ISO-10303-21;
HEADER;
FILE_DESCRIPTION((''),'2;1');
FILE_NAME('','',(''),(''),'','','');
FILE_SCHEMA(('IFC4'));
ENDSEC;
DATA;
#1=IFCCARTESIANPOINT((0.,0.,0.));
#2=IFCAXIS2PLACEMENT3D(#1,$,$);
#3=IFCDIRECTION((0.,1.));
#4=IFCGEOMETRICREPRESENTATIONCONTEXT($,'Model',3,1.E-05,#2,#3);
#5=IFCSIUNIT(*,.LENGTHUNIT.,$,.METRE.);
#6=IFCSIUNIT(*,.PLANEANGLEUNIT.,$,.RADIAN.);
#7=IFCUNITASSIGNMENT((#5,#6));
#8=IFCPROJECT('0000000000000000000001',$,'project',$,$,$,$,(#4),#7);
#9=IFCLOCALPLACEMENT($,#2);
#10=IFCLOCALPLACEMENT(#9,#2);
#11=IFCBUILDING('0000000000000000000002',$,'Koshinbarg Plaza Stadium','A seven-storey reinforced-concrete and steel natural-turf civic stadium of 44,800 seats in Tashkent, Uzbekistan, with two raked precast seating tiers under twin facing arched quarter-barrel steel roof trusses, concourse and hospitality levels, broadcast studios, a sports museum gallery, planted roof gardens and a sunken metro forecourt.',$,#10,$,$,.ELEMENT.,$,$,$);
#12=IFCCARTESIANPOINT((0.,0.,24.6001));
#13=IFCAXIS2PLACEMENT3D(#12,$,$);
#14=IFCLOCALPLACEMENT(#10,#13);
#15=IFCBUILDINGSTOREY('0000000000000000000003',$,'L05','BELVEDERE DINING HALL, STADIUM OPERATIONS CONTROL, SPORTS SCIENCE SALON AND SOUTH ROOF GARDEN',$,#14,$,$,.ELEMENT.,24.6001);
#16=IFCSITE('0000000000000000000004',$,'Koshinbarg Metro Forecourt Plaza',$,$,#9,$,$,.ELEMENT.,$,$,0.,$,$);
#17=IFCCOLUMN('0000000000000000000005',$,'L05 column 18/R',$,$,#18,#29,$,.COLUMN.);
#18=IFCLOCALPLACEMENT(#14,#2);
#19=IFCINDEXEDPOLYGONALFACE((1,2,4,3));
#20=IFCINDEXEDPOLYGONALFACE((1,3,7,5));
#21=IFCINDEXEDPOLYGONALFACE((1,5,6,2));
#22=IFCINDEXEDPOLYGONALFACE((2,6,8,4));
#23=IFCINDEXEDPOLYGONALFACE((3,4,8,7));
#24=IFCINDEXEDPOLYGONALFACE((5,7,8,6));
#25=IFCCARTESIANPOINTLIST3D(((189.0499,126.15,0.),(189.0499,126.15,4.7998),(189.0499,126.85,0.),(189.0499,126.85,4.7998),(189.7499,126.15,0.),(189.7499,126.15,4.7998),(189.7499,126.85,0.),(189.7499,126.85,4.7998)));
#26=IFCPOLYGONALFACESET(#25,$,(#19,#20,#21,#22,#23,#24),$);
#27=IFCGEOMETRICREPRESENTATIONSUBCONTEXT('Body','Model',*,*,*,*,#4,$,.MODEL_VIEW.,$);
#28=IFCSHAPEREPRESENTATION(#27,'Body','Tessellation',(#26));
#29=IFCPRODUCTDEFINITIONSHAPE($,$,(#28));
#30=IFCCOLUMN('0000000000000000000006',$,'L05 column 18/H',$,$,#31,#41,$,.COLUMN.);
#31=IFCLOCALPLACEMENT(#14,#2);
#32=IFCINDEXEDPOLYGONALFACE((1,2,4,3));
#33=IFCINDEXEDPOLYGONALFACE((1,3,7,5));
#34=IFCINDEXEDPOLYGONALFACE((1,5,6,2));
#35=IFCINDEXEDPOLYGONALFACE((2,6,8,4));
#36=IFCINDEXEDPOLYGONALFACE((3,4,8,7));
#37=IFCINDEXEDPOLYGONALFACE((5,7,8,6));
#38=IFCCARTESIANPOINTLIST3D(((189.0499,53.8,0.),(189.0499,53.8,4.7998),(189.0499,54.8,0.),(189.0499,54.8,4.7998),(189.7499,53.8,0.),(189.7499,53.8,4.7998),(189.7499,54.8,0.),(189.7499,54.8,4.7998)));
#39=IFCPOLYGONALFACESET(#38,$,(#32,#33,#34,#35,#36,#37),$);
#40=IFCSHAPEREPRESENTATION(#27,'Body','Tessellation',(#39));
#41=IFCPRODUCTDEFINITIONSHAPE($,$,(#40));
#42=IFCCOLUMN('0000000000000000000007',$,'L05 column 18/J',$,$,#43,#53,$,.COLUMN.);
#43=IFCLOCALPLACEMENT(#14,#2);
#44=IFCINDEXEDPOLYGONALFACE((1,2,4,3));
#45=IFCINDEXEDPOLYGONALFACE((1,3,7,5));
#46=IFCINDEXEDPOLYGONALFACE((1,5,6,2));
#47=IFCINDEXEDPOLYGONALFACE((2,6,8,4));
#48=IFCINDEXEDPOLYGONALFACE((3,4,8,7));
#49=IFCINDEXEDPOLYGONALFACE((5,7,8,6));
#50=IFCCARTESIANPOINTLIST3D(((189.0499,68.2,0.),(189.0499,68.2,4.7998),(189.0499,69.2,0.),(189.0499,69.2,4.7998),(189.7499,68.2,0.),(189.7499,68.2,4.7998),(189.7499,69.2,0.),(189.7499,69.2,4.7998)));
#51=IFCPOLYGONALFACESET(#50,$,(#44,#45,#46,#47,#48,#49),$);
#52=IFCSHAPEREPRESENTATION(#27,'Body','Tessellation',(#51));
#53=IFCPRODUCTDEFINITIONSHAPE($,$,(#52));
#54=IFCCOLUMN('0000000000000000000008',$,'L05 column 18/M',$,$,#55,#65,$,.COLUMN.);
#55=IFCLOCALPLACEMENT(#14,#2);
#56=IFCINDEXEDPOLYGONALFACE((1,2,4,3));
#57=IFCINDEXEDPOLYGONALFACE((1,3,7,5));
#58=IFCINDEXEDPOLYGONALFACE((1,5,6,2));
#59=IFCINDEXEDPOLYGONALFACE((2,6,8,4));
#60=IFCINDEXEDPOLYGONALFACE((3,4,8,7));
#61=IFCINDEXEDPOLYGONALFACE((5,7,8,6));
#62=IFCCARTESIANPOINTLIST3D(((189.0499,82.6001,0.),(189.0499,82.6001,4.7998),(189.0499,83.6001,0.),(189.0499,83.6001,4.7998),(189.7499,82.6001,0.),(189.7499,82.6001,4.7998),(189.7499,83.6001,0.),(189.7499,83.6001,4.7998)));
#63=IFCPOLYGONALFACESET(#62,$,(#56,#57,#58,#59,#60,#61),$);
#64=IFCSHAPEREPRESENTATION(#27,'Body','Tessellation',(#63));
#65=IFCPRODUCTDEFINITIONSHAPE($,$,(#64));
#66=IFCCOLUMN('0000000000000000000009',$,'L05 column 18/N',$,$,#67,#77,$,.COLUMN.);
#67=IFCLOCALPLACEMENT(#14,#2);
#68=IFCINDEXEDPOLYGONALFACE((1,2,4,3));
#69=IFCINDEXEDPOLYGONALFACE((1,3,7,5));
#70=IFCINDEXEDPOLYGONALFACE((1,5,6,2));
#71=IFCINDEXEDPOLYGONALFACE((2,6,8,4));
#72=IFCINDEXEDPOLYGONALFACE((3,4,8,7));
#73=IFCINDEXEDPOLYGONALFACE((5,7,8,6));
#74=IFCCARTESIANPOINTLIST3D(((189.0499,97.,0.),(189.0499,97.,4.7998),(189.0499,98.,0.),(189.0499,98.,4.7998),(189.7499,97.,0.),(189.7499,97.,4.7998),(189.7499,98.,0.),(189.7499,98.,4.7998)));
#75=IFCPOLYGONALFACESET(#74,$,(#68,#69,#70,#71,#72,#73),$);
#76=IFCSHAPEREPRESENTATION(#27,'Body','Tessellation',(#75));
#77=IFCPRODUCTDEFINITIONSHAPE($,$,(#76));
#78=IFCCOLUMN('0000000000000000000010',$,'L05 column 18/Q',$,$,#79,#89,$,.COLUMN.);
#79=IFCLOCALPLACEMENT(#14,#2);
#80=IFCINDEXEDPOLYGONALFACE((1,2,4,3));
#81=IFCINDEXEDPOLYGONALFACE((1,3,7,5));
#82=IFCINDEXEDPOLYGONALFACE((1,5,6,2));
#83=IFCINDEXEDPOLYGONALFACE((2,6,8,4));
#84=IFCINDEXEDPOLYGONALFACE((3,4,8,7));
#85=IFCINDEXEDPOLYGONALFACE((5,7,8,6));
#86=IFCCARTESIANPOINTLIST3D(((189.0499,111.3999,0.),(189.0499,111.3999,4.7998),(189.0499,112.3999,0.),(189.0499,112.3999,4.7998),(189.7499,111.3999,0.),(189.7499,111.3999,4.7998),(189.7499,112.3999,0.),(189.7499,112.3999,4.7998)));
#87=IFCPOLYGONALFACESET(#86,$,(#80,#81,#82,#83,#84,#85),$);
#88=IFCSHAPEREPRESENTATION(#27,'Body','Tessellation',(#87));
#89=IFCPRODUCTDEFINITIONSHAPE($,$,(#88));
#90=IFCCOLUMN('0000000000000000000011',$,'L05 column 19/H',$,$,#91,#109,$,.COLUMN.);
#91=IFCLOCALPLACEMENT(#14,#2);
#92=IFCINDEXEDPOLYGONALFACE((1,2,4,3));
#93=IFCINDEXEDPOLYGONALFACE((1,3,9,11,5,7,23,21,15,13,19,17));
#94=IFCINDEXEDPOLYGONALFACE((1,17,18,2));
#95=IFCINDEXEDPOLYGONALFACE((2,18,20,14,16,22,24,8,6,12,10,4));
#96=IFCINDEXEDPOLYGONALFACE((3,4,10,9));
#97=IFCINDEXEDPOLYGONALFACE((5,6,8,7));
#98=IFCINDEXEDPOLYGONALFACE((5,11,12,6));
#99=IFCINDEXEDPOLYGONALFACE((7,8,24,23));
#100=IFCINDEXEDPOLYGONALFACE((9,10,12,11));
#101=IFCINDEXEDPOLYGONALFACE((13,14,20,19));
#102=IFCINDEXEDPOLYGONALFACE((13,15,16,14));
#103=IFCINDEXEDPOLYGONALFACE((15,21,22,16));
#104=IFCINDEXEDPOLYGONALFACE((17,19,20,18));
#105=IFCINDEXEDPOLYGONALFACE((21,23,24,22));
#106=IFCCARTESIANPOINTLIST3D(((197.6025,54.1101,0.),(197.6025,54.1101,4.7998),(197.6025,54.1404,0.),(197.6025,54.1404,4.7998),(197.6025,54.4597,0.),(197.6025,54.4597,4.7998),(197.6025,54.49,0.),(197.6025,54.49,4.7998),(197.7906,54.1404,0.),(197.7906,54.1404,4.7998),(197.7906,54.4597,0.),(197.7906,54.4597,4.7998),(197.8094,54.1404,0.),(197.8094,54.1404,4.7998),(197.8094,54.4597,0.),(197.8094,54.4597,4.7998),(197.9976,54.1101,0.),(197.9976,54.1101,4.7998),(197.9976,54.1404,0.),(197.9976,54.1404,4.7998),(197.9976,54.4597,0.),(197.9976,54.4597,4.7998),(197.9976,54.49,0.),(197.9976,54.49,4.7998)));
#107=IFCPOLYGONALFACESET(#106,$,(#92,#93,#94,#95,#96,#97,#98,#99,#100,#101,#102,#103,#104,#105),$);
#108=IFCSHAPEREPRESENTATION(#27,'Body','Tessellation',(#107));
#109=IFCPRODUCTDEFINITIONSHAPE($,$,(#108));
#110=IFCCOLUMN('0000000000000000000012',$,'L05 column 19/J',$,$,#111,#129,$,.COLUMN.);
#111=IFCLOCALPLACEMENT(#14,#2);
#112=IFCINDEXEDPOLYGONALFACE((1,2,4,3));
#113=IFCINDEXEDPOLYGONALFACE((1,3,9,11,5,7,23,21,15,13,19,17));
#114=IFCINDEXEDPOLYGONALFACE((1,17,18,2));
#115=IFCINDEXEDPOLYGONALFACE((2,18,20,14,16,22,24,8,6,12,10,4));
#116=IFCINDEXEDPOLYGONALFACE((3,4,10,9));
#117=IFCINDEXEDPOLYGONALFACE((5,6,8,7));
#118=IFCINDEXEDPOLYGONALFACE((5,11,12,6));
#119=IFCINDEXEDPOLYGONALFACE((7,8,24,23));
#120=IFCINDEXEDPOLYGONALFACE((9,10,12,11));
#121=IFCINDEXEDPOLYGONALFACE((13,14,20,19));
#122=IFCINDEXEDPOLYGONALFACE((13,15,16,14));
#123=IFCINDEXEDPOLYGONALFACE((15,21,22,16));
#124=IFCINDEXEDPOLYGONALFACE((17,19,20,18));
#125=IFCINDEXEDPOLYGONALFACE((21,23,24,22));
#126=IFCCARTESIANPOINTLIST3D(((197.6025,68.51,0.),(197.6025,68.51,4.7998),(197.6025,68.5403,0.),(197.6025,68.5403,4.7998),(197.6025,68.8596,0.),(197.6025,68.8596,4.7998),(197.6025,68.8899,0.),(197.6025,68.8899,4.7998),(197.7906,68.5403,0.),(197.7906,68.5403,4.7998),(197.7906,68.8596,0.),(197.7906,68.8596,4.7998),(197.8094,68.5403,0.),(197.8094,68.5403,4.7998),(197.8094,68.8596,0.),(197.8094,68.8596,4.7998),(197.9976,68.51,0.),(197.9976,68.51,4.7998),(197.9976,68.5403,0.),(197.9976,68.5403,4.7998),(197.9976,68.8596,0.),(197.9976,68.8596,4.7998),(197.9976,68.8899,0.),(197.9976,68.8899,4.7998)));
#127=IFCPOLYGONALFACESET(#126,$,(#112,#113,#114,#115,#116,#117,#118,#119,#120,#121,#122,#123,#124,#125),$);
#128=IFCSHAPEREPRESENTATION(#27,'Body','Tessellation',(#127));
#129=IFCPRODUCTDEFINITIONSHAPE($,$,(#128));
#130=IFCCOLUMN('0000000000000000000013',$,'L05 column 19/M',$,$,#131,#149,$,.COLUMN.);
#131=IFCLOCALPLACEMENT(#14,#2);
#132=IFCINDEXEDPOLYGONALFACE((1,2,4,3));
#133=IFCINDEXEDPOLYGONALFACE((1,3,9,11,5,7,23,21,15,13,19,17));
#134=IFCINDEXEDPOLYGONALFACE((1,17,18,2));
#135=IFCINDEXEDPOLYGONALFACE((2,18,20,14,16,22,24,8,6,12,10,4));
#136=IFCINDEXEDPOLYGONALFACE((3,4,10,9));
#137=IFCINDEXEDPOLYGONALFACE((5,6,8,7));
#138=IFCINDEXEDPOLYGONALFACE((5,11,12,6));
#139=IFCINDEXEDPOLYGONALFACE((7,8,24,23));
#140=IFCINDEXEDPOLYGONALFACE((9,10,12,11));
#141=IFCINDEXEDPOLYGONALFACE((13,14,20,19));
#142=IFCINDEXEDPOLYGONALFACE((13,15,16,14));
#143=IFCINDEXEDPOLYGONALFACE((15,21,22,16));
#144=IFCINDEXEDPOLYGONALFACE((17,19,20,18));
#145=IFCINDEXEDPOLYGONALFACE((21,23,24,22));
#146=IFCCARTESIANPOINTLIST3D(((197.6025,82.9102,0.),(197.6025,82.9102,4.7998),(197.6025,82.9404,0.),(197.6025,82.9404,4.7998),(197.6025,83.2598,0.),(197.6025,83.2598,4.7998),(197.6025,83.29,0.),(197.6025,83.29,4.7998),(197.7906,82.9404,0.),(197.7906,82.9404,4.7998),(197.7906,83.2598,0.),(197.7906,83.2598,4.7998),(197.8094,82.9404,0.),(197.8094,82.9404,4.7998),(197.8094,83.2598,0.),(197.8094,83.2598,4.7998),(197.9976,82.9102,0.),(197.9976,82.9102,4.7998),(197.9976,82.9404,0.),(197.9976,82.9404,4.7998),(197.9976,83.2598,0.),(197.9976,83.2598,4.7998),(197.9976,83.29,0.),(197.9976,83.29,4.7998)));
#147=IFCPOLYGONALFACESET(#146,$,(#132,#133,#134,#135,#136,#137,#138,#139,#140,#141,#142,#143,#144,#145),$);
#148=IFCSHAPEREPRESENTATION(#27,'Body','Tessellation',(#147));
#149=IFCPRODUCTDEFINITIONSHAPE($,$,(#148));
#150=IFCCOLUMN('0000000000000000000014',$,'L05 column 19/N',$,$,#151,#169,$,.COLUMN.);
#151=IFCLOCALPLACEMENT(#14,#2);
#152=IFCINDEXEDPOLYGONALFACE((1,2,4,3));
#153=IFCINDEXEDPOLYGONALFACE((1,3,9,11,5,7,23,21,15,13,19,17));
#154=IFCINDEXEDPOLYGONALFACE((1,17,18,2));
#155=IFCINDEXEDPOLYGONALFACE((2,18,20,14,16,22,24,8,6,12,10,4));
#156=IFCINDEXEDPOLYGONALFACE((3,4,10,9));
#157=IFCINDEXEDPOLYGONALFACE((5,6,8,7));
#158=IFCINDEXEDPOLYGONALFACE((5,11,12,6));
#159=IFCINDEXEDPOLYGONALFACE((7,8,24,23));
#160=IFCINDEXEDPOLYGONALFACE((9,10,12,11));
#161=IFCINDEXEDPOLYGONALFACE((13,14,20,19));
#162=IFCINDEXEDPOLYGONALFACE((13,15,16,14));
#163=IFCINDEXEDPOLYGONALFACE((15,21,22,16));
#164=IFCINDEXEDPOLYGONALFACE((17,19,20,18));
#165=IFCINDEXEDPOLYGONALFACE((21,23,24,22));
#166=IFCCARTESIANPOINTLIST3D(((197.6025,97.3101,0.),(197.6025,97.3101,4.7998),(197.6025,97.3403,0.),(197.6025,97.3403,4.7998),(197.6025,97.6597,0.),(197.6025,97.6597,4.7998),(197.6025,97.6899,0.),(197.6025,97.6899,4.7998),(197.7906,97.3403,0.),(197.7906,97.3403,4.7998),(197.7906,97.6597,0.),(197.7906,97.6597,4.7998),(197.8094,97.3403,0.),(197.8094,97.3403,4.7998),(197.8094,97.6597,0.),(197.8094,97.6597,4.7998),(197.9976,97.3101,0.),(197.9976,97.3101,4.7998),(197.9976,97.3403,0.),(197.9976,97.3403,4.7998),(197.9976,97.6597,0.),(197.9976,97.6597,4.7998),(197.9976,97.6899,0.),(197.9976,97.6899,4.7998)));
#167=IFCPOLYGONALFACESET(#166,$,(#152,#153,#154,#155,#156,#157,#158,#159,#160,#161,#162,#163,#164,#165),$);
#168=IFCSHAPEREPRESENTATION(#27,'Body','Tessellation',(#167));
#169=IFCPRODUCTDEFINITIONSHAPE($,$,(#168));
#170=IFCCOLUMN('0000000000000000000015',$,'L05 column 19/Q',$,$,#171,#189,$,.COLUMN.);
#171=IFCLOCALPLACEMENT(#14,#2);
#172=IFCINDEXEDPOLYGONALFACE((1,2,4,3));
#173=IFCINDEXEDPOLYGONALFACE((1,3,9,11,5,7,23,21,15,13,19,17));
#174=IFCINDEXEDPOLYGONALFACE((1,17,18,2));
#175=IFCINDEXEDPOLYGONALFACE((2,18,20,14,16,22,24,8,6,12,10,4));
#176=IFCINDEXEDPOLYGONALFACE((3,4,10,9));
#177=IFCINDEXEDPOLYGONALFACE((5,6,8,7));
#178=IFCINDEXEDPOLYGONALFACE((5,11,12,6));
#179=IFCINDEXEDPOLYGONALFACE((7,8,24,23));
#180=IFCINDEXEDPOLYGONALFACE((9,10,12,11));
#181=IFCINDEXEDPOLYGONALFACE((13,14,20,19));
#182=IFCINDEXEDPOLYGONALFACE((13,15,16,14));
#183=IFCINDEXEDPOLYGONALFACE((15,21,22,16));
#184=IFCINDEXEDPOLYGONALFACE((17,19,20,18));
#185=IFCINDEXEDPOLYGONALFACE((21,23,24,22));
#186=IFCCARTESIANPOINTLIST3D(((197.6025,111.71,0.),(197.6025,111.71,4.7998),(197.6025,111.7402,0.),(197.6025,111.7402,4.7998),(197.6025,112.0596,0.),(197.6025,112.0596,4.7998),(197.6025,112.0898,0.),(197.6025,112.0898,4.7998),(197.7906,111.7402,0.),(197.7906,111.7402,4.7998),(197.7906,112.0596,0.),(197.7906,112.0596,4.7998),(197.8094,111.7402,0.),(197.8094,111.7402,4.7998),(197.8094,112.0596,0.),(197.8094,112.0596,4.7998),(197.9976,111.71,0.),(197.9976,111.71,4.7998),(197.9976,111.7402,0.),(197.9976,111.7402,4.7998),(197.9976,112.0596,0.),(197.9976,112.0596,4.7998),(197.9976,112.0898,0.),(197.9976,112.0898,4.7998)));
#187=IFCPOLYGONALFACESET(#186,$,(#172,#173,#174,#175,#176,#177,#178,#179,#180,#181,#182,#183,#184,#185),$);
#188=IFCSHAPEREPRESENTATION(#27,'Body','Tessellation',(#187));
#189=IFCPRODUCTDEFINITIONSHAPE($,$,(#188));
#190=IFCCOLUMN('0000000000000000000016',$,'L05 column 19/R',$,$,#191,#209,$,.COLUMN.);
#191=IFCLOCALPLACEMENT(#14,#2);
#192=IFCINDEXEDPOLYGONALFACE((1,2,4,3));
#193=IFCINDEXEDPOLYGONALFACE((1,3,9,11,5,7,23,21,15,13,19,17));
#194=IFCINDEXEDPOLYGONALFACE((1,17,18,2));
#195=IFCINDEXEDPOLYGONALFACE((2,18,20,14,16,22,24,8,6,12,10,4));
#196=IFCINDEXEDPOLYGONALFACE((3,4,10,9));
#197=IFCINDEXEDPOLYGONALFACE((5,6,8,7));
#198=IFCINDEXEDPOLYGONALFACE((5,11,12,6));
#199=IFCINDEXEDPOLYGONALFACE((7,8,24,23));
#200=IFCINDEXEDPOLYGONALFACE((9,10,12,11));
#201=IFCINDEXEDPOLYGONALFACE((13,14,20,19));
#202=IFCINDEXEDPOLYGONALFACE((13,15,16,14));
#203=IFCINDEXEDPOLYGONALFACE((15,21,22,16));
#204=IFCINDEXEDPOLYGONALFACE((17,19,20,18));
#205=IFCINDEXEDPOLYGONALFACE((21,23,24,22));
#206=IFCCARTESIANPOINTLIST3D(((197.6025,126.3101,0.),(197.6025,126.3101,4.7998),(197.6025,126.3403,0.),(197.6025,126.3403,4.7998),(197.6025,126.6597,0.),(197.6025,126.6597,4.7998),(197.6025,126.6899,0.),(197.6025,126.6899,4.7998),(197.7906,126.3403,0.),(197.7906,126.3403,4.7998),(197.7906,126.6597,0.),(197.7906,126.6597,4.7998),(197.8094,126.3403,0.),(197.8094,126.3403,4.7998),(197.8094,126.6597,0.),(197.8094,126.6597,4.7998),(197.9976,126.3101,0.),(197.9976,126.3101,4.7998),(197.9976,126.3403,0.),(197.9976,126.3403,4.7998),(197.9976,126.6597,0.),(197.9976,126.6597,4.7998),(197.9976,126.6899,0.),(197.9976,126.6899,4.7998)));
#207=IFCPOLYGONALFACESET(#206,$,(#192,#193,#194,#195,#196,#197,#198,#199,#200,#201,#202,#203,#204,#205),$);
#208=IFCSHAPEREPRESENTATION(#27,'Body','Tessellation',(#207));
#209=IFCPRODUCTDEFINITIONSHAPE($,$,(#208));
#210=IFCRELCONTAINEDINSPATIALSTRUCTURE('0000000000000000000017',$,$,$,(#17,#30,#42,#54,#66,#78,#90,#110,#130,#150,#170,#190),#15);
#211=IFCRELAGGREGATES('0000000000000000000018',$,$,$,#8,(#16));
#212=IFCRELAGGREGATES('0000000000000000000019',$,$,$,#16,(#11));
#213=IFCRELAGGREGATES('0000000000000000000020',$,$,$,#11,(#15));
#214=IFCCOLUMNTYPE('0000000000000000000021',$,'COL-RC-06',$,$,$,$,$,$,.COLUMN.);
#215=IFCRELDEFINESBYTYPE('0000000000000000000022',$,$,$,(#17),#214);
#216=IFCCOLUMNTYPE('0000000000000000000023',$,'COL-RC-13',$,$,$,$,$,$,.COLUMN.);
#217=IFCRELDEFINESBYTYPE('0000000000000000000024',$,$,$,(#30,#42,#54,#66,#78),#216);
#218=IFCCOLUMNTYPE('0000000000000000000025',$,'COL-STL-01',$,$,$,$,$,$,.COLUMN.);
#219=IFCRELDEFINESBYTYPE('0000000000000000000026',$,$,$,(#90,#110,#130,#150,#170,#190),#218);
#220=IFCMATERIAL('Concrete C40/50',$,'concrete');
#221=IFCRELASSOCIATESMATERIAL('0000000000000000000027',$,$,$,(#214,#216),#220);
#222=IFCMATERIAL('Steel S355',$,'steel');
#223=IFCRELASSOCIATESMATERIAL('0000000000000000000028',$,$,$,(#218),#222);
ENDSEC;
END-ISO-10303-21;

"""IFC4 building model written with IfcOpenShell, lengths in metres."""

from ifc_helpers import new_model, si_unit, direction, frame, origin, origin_2d, place, context, subcontext, project, spatial, rectangle, i_section, extrude, material, material_profile, profile_set, type_object, element, save


model = new_model("IFC4")

# Units and contexts
model_context = context("Model", 3, precision=1e-05, world=origin(), true_north=direction((0.0, 1.0)))
body_context = subcontext(model_context, "Body", "Model", "MODEL_VIEW")
ifc_project = project(units=[si_unit("LENGTHUNIT", "METRE"), si_unit("PLANEANGLEUNIT", "RADIAN")], contexts=[model_context])

# Site, building, storey
site_placement = place(None, origin())
site = spatial("IfcSite", under=ifc_project, at=site_placement, Name="Koshinbarg Metro Forecourt Plaza", CompositionType="ELEMENT", RefElevation=0.0)
building_placement = place(site_placement, origin())
building = spatial("IfcBuilding", under=site, at=building_placement, Name="Koshinbarg Plaza Stadium", Description="A seven-storey reinforced-concrete and steel natural-turf civic stadium of 44,800 seats in Tashkent, Uzbekistan, with two raked precast seating tiers under twin facing arched quarter-barrel steel roof trusses, concourse and hospitality levels, broadcast studios, a sports museum gallery, planted roof gardens and a sunken metro forecourt.", CompositionType="ELEMENT")
storey_placement = place(building_placement, frame((0.0, 0.0, 24.6001)))
storey = spatial("IfcBuildingStorey", under=building, at=storey_placement, Name="L05", Description="BELVEDERE DINING HALL, STADIUM OPERATIONS CONTROL, SPORTS SCIENCE SALON AND SOUTH ROOF GARDEN", CompositionType="ELEMENT", Elevation=24.6001)

# Columns
ifc_material_1 = material(Name="Concrete C40/50", Category="concrete")
ifc_material_profile_1 = material_profile(ifc_material_1, rectangle(XDim=0.7, YDim=0.7, at=origin_2d()), Name="RC 700x700")
ifc_profile_set_1 = profile_set([ifc_material_profile_1], Name="Concrete C40/50")
column_type_1 = type_object("IfcColumnType", Name="COL-RC-06", PredefinedType="COLUMN", material=ifc_profile_set_1)
column_placement = place(storey_placement, frame((189.3999, 126.5, 0.0), z_axis=(0.0, 0.0, 1.0), x_axis=(1.0, 0.0, 0.0)))
element("IfcColumn", 1, at=column_placement, inside=storey, type_object=column_type_1, Name="L05 column 18/R", PredefinedType="COLUMN", context=body_context, shape_type="SweptSolid", body=[
    extrude(rectangle(XDim=0.7, YDim=0.7, at=origin_2d()), origin(), (0.0, 0.0, 1.0), 4.7998),
])
ifc_material_profile_2 = material_profile(ifc_material_1, rectangle(XDim=0.7, YDim=1.0, at=origin_2d()), Name="RC 700x1000")
ifc_profile_set_2 = profile_set([ifc_material_profile_2], Name="Concrete C40/50")
column_type_2 = type_object("IfcColumnType", Name="COL-RC-13", PredefinedType="COLUMN", material=ifc_profile_set_2)
for number, where, z_axis, x_axis, name in (
    (2, (189.3999, 54.3, 0.0), (0.0, 0.0, 1.0), (1.0, 0.0, 0.0), "L05 column 18/H"),
    (3, (189.3999, 68.7, 0.0), (0.0, 0.0, 1.0), (1.0, 0.0, 0.0), "L05 column 18/J"),
    (4, (189.3999, 83.1001, 0.0), (0.0, 0.0, 1.0), (1.0, 0.0, 0.0), "L05 column 18/M"),
    (5, (189.3999, 97.5, 0.0), (0.0, 0.0, 1.0), (1.0, 0.0, 0.0), "L05 column 18/N"),
    (6, (189.3999, 111.8999, 0.0), (0.0, 0.0, 1.0), (1.0, 0.0, 0.0), "L05 column 18/Q"),
):
    element("IfcColumn", number, at=place(storey_placement, frame(where, z_axis=z_axis, x_axis=x_axis)), inside=storey, type_object=column_type_2, Name=name, PredefinedType="COLUMN", context=body_context, shape_type="SweptSolid", body=[
        extrude(rectangle(XDim=0.7, YDim=1.0, at=origin_2d()), origin(), (0.0, 0.0, 1.0), 4.7998),
    ])
ifc_material_2 = material(Name="Steel S355", Category="steel")
ifc_material_profile_3 = material_profile(ifc_material_2, i_section(OverallWidth=0.395, OverallDepth=0.3799, WebThickness=0.0188, FlangeThickness=0.0303, at=origin_2d()), Name="HD 400x237")
ifc_profile_set_3 = profile_set([ifc_material_profile_3], Name="Steel S355")
column_type_3 = type_object("IfcColumnType", Name="COL-STL-01", PredefinedType="COLUMN", material=ifc_profile_set_3)
for number, where, z_axis, x_axis, name in (
    (7, (197.8, 54.3, 0.0), (0.0, 0.0, 1.0), (1.0, 0.0, 0.0), "L05 column 19/H"),
    (8, (197.8, 68.7, 0.0), (0.0, 0.0, 1.0), (1.0, 0.0, 0.0), "L05 column 19/J"),
    (9, (197.8, 83.1001, 0.0), (0.0, 0.0, 1.0), (1.0, 0.0, 0.0), "L05 column 19/M"),
    (10, (197.8, 97.5, 0.0), (0.0, 0.0, 1.0), (1.0, 0.0, 0.0), "L05 column 19/N"),
    (11, (197.8, 111.8999, 0.0), (0.0, 0.0, 1.0), (1.0, 0.0, 0.0), "L05 column 19/Q"),
    (12, (197.8, 126.5, 0.0), (0.0, 0.0, 1.0), (1.0, 0.0, 0.0), "L05 column 19/R"),
):
    element("IfcColumn", number, at=place(storey_placement, frame(where, z_axis=z_axis, x_axis=x_axis)), inside=storey, type_object=column_type_3, Name=name, PredefinedType="COLUMN", context=body_context, shape_type="SweptSolid", body=[
        extrude(i_section(OverallWidth=0.395, OverallDepth=0.3799, WebThickness=0.0188, FlangeThickness=0.0303, at=origin_2d()), origin(), (0.0, 0.0, 1.0), 4.7998),
    ])

save(model, "model.ifc")
